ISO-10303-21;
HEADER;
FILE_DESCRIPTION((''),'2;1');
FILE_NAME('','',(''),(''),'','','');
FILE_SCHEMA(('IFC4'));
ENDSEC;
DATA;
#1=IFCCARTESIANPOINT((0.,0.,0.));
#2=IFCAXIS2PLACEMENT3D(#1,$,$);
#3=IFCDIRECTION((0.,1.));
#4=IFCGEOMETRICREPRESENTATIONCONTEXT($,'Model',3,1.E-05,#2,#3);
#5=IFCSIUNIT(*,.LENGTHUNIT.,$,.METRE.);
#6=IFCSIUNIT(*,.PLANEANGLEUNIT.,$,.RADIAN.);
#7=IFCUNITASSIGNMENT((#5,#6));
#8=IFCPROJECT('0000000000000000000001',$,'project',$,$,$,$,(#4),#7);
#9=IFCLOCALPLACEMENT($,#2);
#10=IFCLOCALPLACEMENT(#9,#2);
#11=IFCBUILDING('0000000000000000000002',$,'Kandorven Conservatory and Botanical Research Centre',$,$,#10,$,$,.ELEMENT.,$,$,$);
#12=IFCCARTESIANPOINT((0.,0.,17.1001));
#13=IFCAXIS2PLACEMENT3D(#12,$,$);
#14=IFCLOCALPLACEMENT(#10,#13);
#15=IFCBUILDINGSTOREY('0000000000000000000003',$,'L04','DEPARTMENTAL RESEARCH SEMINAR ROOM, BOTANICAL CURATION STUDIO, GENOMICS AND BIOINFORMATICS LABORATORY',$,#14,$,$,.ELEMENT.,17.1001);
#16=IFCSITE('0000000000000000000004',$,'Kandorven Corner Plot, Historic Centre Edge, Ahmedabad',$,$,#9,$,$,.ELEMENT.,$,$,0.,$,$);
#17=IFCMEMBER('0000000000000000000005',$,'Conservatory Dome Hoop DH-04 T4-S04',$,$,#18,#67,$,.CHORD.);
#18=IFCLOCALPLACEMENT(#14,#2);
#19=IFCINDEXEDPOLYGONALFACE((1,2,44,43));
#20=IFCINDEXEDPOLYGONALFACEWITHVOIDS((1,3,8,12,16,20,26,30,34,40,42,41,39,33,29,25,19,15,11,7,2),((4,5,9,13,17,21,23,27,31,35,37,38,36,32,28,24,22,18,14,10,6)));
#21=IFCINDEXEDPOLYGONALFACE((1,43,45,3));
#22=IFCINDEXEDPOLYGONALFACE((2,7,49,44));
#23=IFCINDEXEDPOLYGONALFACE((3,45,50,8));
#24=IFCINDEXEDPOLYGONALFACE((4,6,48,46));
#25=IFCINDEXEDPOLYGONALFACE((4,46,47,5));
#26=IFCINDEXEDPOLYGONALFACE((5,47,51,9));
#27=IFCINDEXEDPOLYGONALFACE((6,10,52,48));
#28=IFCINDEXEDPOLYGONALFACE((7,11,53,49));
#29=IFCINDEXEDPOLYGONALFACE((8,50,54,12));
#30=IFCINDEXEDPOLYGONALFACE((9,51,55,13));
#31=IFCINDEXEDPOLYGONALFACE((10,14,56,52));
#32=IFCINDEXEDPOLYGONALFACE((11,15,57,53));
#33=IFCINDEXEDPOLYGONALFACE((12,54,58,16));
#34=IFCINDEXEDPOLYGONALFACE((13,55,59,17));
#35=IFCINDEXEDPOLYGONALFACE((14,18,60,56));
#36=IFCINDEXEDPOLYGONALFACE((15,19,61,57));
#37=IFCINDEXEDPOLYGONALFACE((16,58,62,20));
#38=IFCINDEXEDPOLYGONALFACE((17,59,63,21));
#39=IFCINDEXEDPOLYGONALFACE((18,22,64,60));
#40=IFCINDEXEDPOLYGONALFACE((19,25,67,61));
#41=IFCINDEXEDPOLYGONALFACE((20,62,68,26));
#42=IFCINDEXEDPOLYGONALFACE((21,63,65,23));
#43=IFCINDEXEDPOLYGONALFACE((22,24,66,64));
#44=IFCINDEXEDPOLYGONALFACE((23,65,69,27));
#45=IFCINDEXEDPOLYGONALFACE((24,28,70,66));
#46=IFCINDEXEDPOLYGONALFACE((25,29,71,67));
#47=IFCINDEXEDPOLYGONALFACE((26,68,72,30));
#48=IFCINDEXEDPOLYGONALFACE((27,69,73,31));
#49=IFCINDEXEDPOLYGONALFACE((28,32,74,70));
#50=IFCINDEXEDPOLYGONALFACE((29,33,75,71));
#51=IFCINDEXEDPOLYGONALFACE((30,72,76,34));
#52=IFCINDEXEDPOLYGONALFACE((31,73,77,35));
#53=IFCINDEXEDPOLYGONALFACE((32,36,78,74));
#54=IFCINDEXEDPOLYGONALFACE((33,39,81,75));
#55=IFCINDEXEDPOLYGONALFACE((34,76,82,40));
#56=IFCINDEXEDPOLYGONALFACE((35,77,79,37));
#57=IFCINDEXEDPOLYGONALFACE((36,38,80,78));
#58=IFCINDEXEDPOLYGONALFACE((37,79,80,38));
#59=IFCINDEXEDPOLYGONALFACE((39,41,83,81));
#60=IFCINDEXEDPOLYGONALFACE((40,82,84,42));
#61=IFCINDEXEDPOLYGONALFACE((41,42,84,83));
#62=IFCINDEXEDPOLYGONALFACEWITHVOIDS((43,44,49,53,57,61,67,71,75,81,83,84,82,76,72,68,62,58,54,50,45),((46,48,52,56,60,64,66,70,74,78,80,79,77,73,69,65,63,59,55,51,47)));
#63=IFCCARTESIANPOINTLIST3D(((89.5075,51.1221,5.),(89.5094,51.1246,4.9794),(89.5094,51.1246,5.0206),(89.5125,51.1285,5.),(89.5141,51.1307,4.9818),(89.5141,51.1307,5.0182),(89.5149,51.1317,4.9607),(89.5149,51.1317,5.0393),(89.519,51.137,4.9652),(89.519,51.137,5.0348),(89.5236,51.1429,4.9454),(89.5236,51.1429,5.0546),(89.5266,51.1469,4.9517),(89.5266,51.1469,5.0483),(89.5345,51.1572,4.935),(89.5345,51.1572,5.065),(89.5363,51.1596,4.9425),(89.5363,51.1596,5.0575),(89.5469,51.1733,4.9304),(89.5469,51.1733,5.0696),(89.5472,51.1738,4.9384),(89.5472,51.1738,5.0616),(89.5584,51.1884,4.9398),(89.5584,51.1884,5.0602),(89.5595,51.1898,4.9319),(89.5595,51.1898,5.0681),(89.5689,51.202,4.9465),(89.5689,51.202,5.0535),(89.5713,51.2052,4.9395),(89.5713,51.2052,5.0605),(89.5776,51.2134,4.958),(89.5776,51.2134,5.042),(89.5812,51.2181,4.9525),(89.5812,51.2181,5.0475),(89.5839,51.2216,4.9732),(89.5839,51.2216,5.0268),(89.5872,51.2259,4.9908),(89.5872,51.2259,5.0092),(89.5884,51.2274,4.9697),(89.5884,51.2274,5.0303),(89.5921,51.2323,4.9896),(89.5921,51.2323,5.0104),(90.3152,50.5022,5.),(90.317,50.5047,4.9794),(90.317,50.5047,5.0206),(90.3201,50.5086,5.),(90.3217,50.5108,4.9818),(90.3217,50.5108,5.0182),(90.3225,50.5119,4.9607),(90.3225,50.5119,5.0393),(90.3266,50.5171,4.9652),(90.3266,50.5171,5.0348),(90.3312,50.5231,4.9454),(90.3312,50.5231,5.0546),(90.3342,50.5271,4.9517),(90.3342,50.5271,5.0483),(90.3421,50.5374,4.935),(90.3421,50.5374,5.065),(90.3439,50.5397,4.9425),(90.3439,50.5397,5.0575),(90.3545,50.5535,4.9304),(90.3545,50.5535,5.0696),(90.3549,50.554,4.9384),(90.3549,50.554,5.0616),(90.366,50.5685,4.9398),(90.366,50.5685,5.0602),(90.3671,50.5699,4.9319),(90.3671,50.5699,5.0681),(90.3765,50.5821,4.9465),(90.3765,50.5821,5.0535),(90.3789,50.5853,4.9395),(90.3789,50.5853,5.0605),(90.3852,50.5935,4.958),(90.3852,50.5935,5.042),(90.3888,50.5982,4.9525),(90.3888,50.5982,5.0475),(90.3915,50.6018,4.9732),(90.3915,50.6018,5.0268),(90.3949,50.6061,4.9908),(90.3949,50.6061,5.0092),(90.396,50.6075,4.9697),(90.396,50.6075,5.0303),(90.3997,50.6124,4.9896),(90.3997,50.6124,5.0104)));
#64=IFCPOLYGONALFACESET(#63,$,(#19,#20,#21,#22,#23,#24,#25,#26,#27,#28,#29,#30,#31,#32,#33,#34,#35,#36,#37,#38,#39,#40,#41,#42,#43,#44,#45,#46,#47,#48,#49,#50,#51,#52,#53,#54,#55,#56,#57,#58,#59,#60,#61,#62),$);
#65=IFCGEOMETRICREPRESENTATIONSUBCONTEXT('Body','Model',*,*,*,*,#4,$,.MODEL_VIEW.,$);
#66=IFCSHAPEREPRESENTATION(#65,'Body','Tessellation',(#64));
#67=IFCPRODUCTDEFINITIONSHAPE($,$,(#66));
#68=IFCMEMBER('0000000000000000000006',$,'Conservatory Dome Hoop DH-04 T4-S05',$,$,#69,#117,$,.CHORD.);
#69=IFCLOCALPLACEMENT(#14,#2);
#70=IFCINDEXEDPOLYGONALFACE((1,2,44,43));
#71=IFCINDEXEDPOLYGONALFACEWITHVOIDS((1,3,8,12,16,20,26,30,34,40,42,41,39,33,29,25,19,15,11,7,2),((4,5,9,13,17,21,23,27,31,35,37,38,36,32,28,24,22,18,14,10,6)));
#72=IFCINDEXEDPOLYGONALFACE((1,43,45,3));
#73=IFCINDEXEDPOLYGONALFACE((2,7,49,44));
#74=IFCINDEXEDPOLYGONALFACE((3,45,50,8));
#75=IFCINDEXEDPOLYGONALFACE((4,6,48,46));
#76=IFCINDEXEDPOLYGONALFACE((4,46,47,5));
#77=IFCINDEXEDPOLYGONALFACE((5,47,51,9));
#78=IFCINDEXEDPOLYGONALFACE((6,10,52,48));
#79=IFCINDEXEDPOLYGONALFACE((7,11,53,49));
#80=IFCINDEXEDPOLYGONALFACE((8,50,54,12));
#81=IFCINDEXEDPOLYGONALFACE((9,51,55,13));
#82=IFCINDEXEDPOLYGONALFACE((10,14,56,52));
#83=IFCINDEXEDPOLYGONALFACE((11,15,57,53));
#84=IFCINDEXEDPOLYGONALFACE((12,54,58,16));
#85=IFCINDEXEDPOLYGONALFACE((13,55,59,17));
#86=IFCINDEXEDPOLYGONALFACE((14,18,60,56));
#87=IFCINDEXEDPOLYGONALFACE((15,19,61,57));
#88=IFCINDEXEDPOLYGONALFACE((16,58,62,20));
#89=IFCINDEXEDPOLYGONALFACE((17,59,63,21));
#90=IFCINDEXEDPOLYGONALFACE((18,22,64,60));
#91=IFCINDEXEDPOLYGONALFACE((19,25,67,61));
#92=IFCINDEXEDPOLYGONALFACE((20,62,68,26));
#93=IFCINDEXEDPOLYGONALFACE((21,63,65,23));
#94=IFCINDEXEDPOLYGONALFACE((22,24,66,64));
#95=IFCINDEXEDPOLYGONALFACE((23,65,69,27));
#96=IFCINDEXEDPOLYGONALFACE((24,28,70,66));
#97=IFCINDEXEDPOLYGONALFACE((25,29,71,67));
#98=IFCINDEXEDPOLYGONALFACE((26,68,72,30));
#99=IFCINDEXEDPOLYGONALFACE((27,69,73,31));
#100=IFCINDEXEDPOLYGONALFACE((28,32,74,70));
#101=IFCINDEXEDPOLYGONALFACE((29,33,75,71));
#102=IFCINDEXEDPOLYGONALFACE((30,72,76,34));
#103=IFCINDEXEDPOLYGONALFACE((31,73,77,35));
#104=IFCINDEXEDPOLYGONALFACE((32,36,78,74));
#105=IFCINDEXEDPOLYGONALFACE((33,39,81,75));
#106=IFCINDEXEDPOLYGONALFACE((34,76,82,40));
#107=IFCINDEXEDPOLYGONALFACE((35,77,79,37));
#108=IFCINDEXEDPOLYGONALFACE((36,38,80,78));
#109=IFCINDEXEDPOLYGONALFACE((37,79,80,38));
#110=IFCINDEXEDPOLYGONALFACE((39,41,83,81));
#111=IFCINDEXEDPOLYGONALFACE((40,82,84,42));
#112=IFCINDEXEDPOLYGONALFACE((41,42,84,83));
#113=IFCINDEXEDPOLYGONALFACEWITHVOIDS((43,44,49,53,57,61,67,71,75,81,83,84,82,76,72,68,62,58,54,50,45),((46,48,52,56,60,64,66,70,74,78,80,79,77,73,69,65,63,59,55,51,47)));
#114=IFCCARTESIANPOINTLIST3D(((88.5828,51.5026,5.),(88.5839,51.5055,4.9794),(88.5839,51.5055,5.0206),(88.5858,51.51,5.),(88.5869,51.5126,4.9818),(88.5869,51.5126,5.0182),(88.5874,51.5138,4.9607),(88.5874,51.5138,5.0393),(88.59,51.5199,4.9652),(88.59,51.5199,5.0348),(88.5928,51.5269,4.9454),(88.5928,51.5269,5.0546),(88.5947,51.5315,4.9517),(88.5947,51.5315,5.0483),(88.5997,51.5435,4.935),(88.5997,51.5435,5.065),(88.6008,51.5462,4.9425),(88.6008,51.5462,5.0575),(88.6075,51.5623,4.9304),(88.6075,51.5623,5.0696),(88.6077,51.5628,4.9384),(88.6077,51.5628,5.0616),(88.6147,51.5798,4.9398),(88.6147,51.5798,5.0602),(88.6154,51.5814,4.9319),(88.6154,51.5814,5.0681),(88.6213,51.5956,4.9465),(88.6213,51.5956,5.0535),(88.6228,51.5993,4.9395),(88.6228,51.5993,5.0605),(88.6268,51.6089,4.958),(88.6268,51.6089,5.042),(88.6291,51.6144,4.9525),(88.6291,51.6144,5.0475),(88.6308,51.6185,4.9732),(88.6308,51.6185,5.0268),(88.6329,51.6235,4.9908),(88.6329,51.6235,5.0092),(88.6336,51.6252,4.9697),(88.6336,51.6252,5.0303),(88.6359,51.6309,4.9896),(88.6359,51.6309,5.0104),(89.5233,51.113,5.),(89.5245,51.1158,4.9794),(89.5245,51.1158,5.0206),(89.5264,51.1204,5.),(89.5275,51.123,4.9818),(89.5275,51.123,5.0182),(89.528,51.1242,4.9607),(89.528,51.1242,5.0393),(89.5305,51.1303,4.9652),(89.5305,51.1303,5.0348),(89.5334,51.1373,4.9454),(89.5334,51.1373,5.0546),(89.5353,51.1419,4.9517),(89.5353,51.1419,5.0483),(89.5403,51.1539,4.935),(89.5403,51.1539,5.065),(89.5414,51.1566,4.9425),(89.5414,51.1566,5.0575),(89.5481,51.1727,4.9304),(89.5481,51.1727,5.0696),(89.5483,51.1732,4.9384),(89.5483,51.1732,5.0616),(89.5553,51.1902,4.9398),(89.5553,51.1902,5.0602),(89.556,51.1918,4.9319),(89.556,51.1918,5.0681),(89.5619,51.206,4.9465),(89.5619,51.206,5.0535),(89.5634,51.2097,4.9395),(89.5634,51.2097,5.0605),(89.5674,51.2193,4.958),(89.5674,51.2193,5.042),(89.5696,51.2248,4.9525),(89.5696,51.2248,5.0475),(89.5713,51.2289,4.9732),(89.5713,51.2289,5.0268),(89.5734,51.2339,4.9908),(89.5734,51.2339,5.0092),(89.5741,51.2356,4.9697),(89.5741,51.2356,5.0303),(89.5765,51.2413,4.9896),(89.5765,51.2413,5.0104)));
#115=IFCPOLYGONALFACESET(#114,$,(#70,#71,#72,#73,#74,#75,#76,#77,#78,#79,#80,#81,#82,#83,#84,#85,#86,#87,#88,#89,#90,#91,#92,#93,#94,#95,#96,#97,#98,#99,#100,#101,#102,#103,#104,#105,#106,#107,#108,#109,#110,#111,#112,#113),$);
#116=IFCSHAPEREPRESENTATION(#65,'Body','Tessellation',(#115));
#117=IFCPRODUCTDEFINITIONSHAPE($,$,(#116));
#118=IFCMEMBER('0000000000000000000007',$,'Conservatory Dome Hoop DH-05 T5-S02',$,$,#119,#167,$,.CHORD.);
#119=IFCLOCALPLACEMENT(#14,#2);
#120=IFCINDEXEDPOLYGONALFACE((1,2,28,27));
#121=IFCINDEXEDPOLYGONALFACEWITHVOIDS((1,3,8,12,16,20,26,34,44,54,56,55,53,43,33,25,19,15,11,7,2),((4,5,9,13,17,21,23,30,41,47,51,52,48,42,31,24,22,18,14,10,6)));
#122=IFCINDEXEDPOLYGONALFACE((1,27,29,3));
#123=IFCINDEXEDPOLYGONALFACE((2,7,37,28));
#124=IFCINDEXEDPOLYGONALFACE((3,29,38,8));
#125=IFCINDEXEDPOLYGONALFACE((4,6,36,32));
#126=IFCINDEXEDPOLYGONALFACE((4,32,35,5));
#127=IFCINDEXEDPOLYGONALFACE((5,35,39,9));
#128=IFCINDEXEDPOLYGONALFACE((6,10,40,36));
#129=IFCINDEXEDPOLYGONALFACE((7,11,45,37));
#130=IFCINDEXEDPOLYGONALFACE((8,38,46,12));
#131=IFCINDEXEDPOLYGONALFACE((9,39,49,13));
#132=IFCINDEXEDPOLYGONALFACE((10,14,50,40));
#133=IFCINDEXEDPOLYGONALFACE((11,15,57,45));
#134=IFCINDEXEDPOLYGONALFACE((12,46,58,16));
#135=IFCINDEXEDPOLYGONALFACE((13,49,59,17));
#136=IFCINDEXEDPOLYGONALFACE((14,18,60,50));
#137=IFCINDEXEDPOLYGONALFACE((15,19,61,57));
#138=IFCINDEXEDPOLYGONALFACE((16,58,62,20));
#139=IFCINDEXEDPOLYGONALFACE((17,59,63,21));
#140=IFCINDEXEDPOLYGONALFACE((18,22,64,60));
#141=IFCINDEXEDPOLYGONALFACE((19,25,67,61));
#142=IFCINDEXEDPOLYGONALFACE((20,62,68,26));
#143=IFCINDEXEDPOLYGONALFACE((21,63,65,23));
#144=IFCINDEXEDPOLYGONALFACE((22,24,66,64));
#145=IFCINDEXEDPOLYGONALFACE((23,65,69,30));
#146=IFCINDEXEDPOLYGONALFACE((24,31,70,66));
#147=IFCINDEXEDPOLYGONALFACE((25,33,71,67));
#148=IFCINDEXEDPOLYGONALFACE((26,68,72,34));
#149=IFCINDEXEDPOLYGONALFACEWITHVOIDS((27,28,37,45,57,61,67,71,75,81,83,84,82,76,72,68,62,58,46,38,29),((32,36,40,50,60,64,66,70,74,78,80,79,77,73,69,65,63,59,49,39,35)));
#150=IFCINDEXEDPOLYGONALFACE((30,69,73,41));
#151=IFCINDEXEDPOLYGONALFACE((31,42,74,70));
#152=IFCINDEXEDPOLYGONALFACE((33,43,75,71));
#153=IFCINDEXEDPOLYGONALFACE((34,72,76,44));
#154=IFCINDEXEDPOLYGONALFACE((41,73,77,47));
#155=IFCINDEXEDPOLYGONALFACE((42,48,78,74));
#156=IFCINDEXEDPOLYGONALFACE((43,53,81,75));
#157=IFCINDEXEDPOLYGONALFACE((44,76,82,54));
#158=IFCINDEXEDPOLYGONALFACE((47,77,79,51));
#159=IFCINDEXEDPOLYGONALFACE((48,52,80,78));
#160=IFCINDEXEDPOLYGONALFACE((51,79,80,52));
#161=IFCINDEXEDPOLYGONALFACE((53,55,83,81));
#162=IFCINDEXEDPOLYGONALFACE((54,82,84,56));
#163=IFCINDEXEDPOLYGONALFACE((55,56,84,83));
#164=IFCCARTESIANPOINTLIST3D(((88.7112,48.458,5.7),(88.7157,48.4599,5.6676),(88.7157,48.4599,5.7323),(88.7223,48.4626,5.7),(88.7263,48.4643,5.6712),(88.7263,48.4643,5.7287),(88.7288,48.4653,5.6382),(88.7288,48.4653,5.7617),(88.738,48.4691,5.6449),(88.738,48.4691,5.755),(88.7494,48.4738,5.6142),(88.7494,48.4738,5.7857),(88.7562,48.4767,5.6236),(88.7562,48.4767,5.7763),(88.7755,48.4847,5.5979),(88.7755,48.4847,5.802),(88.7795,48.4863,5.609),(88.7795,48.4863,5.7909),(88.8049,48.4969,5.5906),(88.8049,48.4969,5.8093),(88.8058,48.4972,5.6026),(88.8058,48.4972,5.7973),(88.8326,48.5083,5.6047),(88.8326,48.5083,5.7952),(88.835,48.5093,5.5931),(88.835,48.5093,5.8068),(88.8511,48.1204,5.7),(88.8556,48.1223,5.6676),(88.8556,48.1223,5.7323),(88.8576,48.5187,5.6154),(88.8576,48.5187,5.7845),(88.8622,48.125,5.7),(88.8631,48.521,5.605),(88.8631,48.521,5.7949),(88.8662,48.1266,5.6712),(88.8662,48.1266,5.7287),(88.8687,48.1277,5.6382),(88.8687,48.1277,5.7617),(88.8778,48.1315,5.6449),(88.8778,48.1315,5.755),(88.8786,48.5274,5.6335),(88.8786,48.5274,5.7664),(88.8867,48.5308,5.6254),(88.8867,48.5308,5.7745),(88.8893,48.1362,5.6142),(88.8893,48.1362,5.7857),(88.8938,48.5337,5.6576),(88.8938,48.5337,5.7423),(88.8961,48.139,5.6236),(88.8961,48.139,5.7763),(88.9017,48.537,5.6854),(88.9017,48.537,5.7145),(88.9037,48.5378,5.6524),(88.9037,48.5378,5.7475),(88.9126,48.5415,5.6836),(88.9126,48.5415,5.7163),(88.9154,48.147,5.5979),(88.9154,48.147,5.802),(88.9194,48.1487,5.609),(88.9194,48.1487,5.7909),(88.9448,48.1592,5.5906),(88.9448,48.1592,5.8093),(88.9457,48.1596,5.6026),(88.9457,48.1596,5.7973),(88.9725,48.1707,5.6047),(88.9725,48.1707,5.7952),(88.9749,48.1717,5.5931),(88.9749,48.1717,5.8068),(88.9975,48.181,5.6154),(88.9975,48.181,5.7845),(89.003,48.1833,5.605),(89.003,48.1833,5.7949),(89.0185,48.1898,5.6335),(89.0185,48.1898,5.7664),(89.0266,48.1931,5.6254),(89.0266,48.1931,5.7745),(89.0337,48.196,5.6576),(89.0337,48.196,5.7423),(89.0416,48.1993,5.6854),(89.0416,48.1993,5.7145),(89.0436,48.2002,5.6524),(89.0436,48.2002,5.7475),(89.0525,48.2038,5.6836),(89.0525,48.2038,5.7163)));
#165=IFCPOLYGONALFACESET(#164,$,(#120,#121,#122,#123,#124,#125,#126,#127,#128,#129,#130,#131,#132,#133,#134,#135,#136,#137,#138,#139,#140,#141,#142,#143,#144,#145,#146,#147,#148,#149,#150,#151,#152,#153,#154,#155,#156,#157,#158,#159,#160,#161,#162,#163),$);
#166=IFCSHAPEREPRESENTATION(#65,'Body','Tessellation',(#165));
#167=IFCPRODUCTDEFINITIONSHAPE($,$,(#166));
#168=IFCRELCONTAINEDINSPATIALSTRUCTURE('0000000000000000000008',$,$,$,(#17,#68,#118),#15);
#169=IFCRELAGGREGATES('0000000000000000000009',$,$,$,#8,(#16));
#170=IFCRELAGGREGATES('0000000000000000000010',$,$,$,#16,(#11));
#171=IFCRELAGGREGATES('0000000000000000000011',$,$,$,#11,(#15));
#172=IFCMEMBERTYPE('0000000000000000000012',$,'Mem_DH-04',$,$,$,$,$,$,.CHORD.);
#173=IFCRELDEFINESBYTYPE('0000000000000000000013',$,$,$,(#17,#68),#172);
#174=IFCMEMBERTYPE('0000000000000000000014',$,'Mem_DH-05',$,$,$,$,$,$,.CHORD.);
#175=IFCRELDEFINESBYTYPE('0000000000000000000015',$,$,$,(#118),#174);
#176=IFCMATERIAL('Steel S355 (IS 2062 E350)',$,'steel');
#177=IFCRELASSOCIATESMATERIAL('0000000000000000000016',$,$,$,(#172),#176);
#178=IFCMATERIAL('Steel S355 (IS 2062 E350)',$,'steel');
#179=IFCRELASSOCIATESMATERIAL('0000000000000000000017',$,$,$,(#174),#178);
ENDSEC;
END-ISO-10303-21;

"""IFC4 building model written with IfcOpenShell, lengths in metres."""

from ifc_helpers import new_model, si_unit, direction, frame, origin, origin_2d, place, context, subcontext, project, spatial, hollow_circle, extrude, material, material_profile, profile_set, type_object, element, save


model = new_model("IFC4")

# Units and contexts
model_context = context("Model", 3, precision=1e-05, world=origin(), true_north=direction((0.0, 1.0)))
body_context = subcontext(model_context, "Body", "Model", "MODEL_VIEW")
ifc_project = project(units=[si_unit("LENGTHUNIT", "METRE"), si_unit("PLANEANGLEUNIT", "RADIAN")], contexts=[model_context])

# Site, building, storey
site_placement = place(None, origin())
site = spatial("IfcSite", under=ifc_project, at=site_placement, Name="Kandorven Corner Plot, Historic Centre Edge, Ahmedabad", CompositionType="ELEMENT", RefElevation=0.0)
building_placement = place(site_placement, origin())
building = spatial("IfcBuilding", under=site, at=building_placement, Name="Kandorven Conservatory and Botanical Research Centre", CompositionType="ELEMENT")
storey_placement = place(building_placement, frame((0.0, 0.0, 17.1001)))
storey = spatial("IfcBuildingStorey", under=building, at=storey_placement, Name="L04", Description="DEPARTMENTAL RESEARCH SEMINAR ROOM, BOTANICAL CURATION STUDIO, GENOMICS AND BIOINFORMATICS LABORATORY", CompositionType="ELEMENT", Elevation=17.1001)

# Members
ifc_material_1 = material(Name="Steel S355 (IS 2062 E350)", Category="steel")
ifc_material_profile_1 = material_profile(ifc_material_1, hollow_circle(Radius=0.0698, WallThickness=0.0081, at=origin_2d()))
ifc_profile_set_1 = profile_set([ifc_material_profile_1], Name="Steel S355 (IS 2062 E350)")
member_type_1 = type_object("IfcMemberType", Name="Mem_DH-04", PredefinedType="CHORD", material=ifc_profile_set_1)
for number, where, z_axis, x_axis, name in (
    (1, (90.3577, 50.5576, 5.0), (-0.793274, 0.608864, 0.0), (-0.608864, -0.793274, 0.0), "Conservatory Dome Hoop DH-04 T4-S04"),
    (2, (89.55, 51.1775, 5.0), (-0.923877, 0.382691, 0.0), (-0.382691, -0.923877, 0.0), "Conservatory Dome Hoop DH-04 T4-S05"),
):
    element("IfcMember", number, at=place(storey_placement, frame(where, z_axis=z_axis, x_axis=x_axis)), inside=storey, type_object=member_type_1, Name=name, PredefinedType="CHORD", context=body_context, shape_type="SweptSolid", body=[
        extrude(hollow_circle(Radius=0.0698, WallThickness=0.0081, at=origin_2d()), origin(), (0.0, 0.0, 1.0), 1.0181),
    ])
ifc_material_2 = material(Name="Steel S355 (IS 2062 E350)", Category="steel")
ifc_material_profile_2 = material_profile(ifc_material_2, hollow_circle(Radius=0.1096, WallThickness=0.012, at=origin_2d()))
ifc_profile_set_2 = profile_set([ifc_material_profile_2], Name="Steel S355 (IS 2062 E350)")
member_type_2 = type_object("IfcMemberType", Name="Mem_DH-05", PredefinedType="CHORD", material=ifc_profile_set_2)
for number, where, z_axis, x_axis, name in (
    (3, (88.9524, 48.1624, 5.7), (-0.382765, 0.923846, 0.0), (-0.923846, -0.382765, 0.0), "Conservatory Dome Hoop DH-05 T5-S02"),
):
    element("IfcMember", number, at=place(storey_placement, frame(where, z_axis=z_axis, x_axis=x_axis)), inside=storey, type_object=member_type_2, Name=name, PredefinedType="CHORD", context=body_context, shape_type="SweptSolid", body=[
        extrude(hollow_circle(Radius=0.1096, WallThickness=0.012, at=origin_2d()), origin(), (0.0, 0.0, 1.0), 0.3655),
    ])

save(model, "model.ifc")
